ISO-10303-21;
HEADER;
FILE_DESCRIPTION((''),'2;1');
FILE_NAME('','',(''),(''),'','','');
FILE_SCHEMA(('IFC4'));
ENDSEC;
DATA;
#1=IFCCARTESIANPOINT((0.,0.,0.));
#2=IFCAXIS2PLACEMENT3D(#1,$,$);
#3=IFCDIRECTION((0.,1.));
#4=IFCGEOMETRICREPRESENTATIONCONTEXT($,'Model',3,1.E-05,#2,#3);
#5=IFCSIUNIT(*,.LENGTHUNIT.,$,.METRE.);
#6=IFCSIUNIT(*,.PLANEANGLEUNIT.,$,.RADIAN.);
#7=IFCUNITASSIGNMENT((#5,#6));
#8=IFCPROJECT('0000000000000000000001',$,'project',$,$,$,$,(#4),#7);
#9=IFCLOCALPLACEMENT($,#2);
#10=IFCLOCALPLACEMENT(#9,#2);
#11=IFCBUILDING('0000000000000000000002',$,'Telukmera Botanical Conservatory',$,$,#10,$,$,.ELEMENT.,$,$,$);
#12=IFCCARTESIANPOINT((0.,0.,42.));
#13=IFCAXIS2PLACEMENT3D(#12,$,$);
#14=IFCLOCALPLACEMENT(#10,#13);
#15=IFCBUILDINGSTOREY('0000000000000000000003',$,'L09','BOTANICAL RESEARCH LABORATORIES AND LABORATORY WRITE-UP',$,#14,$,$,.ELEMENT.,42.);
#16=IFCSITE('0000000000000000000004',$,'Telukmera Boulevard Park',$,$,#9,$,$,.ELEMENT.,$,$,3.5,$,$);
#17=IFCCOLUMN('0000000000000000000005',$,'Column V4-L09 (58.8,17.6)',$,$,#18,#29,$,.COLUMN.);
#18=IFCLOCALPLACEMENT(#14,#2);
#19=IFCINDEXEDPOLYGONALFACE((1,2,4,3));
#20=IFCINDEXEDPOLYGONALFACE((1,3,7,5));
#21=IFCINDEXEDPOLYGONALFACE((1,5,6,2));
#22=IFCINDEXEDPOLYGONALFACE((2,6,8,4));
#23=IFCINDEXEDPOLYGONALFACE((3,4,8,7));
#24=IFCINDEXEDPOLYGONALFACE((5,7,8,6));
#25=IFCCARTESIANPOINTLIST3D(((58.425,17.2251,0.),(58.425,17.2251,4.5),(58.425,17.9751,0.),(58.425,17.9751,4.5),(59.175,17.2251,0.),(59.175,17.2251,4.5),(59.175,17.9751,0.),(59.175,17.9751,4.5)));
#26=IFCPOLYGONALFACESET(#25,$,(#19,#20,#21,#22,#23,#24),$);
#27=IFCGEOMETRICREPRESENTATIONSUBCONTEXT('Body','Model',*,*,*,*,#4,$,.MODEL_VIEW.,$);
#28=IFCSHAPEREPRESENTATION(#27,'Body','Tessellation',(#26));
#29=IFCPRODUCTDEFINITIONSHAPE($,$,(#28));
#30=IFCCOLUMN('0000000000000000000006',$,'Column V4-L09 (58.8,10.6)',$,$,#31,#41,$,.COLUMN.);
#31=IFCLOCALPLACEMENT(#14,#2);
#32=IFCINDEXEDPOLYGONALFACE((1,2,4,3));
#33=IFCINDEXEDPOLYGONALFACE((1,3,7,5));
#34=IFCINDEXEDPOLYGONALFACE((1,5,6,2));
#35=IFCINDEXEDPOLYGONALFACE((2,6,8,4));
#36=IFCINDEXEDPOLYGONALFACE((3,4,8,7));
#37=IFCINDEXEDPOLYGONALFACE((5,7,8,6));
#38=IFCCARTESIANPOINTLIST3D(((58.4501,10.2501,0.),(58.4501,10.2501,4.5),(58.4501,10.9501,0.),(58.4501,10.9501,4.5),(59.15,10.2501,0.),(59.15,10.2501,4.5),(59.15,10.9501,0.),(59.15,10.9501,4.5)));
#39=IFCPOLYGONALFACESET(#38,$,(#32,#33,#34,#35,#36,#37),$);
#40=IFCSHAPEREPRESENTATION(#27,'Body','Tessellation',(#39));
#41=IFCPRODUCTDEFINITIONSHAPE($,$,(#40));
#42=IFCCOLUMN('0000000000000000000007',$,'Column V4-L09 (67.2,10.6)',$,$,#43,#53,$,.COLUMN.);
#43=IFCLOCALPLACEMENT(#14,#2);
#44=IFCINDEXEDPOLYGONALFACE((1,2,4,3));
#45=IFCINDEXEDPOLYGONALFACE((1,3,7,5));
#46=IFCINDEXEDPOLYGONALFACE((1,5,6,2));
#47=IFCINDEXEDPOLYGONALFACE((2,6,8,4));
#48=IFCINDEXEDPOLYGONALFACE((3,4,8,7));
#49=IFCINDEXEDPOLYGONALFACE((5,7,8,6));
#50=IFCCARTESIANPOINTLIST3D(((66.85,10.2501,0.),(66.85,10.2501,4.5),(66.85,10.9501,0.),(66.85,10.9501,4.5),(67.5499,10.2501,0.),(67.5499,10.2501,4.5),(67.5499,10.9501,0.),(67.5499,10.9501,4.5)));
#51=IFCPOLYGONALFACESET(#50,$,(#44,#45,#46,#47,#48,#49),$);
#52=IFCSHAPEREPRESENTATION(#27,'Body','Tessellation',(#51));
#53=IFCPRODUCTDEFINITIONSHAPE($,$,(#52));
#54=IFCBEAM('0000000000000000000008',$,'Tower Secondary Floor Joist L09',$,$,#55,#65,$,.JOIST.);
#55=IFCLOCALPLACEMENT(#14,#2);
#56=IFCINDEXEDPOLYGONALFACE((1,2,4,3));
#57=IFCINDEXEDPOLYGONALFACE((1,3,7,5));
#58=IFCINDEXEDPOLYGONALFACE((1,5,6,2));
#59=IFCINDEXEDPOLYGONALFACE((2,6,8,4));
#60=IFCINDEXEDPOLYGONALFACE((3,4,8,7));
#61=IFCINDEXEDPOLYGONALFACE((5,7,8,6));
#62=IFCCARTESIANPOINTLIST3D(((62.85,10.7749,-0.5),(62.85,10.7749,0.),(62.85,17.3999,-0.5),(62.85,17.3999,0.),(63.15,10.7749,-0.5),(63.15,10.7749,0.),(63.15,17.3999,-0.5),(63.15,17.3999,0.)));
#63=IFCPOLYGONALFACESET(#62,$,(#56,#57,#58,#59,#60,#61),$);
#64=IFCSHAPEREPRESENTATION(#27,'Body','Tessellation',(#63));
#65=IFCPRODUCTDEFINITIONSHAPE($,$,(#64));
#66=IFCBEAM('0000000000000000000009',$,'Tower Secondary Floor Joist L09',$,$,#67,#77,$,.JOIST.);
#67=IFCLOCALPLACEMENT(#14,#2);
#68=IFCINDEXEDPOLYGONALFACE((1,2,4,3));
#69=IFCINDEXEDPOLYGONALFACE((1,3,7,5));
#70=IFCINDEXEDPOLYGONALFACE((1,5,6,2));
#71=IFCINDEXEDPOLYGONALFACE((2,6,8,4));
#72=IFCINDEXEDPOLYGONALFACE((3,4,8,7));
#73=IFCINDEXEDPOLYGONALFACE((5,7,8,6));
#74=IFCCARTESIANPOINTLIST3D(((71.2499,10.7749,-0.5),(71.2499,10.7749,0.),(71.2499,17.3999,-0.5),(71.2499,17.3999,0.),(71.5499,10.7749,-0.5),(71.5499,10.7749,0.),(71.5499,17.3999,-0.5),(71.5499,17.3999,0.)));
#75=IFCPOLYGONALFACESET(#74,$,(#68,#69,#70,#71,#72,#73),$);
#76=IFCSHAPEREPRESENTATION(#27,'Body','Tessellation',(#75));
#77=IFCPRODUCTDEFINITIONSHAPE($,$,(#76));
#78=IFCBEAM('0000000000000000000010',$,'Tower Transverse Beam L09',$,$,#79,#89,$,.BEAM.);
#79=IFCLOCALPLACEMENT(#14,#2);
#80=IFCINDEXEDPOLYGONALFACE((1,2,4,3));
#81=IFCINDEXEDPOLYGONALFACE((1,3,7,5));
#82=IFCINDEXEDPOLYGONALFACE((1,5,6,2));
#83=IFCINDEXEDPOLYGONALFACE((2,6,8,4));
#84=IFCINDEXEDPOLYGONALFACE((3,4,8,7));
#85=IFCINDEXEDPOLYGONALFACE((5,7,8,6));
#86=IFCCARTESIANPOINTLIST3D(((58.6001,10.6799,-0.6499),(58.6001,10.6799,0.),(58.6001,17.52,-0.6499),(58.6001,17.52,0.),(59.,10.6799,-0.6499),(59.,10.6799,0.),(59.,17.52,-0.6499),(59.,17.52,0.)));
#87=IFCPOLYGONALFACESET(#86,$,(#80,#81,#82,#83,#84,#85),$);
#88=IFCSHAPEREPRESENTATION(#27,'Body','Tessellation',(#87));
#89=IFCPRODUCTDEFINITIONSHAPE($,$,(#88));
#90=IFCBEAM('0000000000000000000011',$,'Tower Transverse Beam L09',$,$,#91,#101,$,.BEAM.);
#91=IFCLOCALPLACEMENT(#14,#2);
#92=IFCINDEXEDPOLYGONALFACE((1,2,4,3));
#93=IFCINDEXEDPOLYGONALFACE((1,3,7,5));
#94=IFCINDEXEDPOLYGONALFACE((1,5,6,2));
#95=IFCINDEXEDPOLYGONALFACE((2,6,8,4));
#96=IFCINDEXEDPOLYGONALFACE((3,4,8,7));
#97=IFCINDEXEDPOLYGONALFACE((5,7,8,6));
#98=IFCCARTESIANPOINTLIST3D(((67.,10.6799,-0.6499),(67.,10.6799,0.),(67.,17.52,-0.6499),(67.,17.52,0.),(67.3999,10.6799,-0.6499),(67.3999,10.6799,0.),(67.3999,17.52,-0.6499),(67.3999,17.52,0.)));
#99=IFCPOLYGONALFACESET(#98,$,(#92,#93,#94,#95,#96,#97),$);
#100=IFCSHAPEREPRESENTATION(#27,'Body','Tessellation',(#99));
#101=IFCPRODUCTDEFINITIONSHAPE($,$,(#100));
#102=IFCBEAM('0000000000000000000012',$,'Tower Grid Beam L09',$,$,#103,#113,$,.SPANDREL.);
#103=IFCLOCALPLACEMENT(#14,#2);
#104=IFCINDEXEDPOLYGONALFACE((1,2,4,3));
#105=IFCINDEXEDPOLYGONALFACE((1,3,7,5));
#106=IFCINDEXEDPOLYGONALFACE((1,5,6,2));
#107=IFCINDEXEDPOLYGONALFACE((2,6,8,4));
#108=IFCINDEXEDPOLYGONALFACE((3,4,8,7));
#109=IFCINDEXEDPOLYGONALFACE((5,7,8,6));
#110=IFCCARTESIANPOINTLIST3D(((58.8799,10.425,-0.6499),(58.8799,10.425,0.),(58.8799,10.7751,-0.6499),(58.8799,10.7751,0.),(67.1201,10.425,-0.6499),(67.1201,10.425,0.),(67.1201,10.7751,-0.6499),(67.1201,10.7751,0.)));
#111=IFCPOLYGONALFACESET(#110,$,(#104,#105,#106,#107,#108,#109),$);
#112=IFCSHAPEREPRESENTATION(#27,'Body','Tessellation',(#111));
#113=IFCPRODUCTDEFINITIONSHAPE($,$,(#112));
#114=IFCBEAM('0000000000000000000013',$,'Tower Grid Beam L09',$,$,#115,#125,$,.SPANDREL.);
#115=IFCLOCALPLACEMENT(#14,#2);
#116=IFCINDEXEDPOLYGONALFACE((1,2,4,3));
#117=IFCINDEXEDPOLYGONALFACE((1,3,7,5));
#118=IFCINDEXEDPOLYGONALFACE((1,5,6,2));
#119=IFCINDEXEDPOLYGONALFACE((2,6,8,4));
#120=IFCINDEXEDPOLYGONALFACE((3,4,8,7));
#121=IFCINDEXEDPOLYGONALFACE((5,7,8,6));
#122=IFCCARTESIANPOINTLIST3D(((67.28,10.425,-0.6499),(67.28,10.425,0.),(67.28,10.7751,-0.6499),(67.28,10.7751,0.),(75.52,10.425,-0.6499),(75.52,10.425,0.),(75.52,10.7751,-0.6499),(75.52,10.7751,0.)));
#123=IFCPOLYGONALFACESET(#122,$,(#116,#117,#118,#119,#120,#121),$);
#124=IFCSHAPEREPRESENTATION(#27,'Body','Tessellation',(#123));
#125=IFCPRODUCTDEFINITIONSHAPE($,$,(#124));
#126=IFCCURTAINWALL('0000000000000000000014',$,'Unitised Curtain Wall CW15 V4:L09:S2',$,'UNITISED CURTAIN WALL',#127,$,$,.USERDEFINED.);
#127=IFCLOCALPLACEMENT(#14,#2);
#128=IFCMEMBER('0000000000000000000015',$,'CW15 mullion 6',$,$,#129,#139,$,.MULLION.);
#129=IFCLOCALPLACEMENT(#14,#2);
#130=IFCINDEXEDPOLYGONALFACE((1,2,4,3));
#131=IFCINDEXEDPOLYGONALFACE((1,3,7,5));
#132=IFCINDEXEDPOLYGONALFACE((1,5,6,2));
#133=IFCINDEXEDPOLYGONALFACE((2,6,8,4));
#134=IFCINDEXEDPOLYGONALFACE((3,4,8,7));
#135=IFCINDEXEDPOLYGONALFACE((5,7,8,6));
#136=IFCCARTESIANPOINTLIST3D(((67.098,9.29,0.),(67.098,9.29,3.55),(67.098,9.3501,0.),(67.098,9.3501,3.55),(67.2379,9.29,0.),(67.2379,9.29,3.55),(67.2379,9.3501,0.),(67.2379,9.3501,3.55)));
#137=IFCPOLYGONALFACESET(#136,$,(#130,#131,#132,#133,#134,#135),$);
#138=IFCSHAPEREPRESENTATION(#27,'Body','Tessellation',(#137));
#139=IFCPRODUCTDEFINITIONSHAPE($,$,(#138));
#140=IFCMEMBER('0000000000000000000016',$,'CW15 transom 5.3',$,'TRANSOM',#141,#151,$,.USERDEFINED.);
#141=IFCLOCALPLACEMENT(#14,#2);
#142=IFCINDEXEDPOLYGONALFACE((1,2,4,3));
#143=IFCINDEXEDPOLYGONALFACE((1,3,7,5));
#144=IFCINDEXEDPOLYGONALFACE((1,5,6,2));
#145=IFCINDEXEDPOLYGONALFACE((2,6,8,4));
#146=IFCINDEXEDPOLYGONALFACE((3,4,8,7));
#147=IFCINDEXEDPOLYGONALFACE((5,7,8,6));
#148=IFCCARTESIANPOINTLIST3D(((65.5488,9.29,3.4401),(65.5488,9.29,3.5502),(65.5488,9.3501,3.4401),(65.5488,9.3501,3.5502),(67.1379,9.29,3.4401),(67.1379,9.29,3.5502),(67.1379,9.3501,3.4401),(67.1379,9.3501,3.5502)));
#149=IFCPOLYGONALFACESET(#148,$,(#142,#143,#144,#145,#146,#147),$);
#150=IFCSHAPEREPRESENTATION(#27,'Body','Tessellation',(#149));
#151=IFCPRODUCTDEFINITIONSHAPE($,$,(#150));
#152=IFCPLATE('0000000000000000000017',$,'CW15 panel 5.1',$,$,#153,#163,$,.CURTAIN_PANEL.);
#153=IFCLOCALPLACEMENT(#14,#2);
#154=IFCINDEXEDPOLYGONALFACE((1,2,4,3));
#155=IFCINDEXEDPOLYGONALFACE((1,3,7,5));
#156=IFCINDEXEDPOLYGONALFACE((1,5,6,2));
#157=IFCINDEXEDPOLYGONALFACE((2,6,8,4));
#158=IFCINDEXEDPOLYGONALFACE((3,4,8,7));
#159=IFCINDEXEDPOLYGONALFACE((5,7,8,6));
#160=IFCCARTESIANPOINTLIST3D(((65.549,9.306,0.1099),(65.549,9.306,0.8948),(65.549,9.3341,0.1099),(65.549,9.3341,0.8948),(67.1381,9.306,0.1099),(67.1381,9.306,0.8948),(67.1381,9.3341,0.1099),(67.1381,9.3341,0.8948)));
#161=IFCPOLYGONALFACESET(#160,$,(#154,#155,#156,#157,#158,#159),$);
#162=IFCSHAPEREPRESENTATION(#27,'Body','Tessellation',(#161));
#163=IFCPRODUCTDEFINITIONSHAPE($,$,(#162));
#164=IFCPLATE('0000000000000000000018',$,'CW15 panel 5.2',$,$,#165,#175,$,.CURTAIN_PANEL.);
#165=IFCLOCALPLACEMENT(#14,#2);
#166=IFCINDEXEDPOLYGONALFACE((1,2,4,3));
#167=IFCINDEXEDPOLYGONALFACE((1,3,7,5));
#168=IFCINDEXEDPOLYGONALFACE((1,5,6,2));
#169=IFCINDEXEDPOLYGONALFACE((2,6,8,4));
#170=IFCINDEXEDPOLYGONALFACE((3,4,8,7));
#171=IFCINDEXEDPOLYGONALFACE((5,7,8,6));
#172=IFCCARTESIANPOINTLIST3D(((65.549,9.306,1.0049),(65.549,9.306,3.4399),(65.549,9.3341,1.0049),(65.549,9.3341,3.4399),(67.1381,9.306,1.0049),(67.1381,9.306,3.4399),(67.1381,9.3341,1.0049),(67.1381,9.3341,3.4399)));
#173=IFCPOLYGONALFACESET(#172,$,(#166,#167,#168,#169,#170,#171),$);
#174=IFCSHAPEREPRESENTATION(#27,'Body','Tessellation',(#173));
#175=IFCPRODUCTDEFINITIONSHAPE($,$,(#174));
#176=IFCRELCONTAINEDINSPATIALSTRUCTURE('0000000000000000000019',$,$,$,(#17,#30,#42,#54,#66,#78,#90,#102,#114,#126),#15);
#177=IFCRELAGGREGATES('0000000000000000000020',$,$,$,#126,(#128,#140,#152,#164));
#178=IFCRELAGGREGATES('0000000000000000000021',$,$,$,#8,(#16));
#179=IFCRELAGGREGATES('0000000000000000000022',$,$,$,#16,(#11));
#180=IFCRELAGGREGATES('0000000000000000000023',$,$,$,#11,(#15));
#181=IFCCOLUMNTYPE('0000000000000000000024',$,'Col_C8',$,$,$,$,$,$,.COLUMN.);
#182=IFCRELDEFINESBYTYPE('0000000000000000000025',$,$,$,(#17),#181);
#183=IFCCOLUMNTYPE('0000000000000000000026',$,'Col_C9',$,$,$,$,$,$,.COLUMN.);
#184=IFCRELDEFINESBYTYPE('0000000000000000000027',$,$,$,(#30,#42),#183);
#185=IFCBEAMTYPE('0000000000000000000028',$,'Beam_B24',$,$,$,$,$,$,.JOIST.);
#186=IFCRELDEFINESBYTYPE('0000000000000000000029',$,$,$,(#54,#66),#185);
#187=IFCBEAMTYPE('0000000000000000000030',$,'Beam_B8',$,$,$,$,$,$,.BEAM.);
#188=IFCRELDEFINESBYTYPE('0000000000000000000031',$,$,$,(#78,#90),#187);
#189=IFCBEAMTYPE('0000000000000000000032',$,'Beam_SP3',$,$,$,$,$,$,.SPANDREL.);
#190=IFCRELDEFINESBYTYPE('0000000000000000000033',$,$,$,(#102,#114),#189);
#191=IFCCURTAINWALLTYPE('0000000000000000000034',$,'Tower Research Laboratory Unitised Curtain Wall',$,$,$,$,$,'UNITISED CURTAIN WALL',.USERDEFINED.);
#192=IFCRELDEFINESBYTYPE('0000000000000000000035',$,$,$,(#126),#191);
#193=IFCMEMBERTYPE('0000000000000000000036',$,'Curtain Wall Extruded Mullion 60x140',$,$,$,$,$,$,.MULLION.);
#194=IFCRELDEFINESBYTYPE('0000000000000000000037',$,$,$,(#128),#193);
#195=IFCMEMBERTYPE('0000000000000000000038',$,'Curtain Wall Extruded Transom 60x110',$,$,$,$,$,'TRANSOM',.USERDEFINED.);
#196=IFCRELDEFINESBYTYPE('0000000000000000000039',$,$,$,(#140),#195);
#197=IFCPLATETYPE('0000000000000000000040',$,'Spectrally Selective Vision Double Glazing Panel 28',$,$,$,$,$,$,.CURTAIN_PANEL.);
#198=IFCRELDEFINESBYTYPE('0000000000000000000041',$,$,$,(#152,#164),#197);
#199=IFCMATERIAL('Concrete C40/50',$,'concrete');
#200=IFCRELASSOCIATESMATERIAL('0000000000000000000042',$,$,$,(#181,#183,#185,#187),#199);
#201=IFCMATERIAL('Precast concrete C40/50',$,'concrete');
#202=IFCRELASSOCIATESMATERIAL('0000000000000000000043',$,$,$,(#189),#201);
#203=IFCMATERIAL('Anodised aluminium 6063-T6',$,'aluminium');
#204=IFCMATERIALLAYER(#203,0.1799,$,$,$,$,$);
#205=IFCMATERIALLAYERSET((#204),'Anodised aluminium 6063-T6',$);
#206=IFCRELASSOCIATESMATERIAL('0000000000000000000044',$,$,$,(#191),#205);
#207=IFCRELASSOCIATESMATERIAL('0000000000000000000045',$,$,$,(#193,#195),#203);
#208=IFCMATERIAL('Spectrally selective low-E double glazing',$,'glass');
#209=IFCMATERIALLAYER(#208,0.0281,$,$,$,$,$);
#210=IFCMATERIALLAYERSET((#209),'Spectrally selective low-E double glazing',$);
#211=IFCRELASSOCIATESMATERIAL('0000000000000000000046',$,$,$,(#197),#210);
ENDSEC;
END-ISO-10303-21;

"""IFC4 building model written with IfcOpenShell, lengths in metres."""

from ifc_helpers import new_model, si_unit, direction, frame, origin, origin_2d, place, context, subcontext, project, spatial, rectangle, extrude, material, layer, layer_set, material_profile, profile_set, type_object, element, aggregate, save


model = new_model("IFC4")

# Units and contexts
model_context = context("Model", 3, precision=1e-05, world=origin(), true_north=direction((0.0, 1.0)))
body_context = subcontext(model_context, "Body", "Model", "MODEL_VIEW")
ifc_project = project(units=[si_unit("LENGTHUNIT", "METRE"), si_unit("PLANEANGLEUNIT", "RADIAN")], contexts=[model_context])

# Site, building, storey
site_placement = place(None, origin())
site = spatial("IfcSite", under=ifc_project, at=site_placement, Name="Telukmera Boulevard Park", CompositionType="ELEMENT", RefElevation=3.5)
building_placement = place(site_placement, origin())
building = spatial("IfcBuilding", under=site, at=building_placement, Name="Telukmera Botanical Conservatory", CompositionType="ELEMENT")
storey_placement = place(building_placement, frame((0.0, 0.0, 42.0)))
storey = spatial("IfcBuildingStorey", under=building, at=storey_placement, Name="L09", Description="BOTANICAL RESEARCH LABORATORIES AND LABORATORY WRITE-UP", CompositionType="ELEMENT", Elevation=42.0)

# Columns
ifc_material_1 = material(Name="Concrete C40/50", Category="concrete")
ifc_material_profile_1 = material_profile(ifc_material_1, rectangle(XDim=0.75, YDim=0.75, at=origin_2d()), Name="RC 750x750")
ifc_profile_set_1 = profile_set([ifc_material_profile_1], Name="Concrete C40/50")
column_type_1 = type_object("IfcColumnType", Name="Col_C8", PredefinedType="COLUMN", material=ifc_profile_set_1)
column_placement = place(storey_placement, frame((58.8, 17.6001, 0.0), z_axis=(0.0, 0.0, 1.0), x_axis=(1.0, 0.0, 0.0)))
element("IfcColumn", 1, at=column_placement, inside=storey, type_object=column_type_1, Name="Column V4-L09 (58.8,17.6)", PredefinedType="COLUMN", context=body_context, shape_type="SweptSolid", body=[
    extrude(rectangle(XDim=0.75, YDim=0.75, at=origin_2d()), origin(), (0.0, 0.0, 1.0), 4.5),
])
ifc_material_profile_2 = material_profile(ifc_material_1, rectangle(XDim=0.7, YDim=0.7, at=origin_2d()), Name="RC 700x700")
ifc_profile_set_2 = profile_set([ifc_material_profile_2], Name="Concrete C40/50")
column_type_2 = type_object("IfcColumnType", Name="Col_C9", PredefinedType="COLUMN", material=ifc_profile_set_2)
for number, where, z_axis, x_axis, name in (
    (2, (58.8, 10.6001, 0.0), (0.0, 0.0, 1.0), (1.0, 0.0, 0.0), "Column V4-L09 (58.8,10.6)"),
    (3, (67.2, 10.6001, 0.0), (0.0, 0.0, 1.0), (1.0, 0.0, 0.0), "Column V4-L09 (67.2,10.6)"),
):
    element("IfcColumn", number, at=place(storey_placement, frame(where, z_axis=z_axis, x_axis=x_axis)), inside=storey, type_object=column_type_2, Name=name, PredefinedType="COLUMN", context=body_context, shape_type="SweptSolid", body=[
        extrude(rectangle(XDim=0.7, YDim=0.7, at=origin_2d()), origin(), (0.0, 0.0, 1.0), 4.5),
    ])

# Beams
ifc_material_profile_3 = material_profile(ifc_material_1, rectangle(XDim=0.3, YDim=0.5, at=origin_2d()), Name="RC 300x500")
ifc_profile_set_3 = profile_set([ifc_material_profile_3], Name="Concrete C40/50")
beam_type_1 = type_object("IfcBeamType", Name="Beam_B24", PredefinedType="JOIST", material=ifc_profile_set_3)
for number, where, z_axis, x_axis, name in (
    (4, (63.0, 10.7749, -0.25), (0.0, 1.0, 0.0), (-1.0, 0.0, 0.0), "Tower Secondary Floor Joist L09"),
    (5, (71.3999, 10.7749, -0.25), (0.0, 1.0, 0.0), (-1.0, 0.0, 0.0), "Tower Secondary Floor Joist L09"),
):
    element("IfcBeam", number, at=place(storey_placement, frame(where, z_axis=z_axis, x_axis=x_axis)), inside=storey, type_object=beam_type_1, Name=name, PredefinedType="JOIST", context=body_context, shape_type="SweptSolid", body=[
        extrude(rectangle(XDim=0.3, YDim=0.5, at=origin_2d()), origin(), (0.0, 0.0, 1.0), 6.625),
    ])
ifc_material_profile_4 = material_profile(ifc_material_1, rectangle(XDim=0.3999, YDim=0.6499, at=origin_2d()), Name="RC 400x650")
ifc_profile_set_4 = profile_set([ifc_material_profile_4], Name="Concrete C40/50")
beam_type_2 = type_object("IfcBeamType", Name="Beam_B8", PredefinedType="BEAM", material=ifc_profile_set_4)
for number, where, z_axis, x_axis, name in (
    (6, (58.8, 10.6799, -0.325), (0.0, 1.0, 0.0), (-1.0, 0.0, 0.0), "Tower Transverse Beam L09"),
    (7, (67.2, 10.6799, -0.325), (0.0, 1.0, 0.0), (-1.0, 0.0, 0.0), "Tower Transverse Beam L09"),
):
    element("IfcBeam", number, at=place(storey_placement, frame(where, z_axis=z_axis, x_axis=x_axis)), inside=storey, type_object=beam_type_2, Name=name, PredefinedType="BEAM", context=body_context, shape_type="SweptSolid", body=[
        extrude(rectangle(XDim=0.3999, YDim=0.6499, at=origin_2d()), origin(), (0.0, 0.0, 1.0), 6.8401),
    ])
ifc_material_2 = material(Name="Precast concrete C40/50", Category="concrete")
ifc_material_profile_5 = material_profile(ifc_material_2, rectangle(XDim=0.3501, YDim=0.6499, at=origin_2d()), Name="PC 350x650")
ifc_profile_set_5 = profile_set([ifc_material_profile_5], Name="Precast concrete C40/50")
beam_type_3 = type_object("IfcBeamType", Name="Beam_SP3", PredefinedType="SPANDREL", material=ifc_profile_set_5)
beam_1_placement = place(storey_placement, frame((58.8799, 10.6001, -0.325), z_axis=(1.0, 0.0, 0.0), x_axis=(0.0, 1.0, 0.0)))
element("IfcBeam", 8, at=beam_1_placement, inside=storey, type_object=beam_type_3, Name="Tower Grid Beam L09", PredefinedType="SPANDREL", context=body_context, shape_type="SweptSolid", body=[
    extrude(rectangle(XDim=0.3501, YDim=0.6499, at=origin_2d()), origin(), (0.0, 0.0, 1.0), 8.2402),
])
beam_2_placement = place(storey_placement, frame((67.28, 10.6001, -0.325), z_axis=(1.0, 0.0, 0.0), x_axis=(0.0, 1.0, 0.0)))
element("IfcBeam", 9, at=beam_2_placement, inside=storey, type_object=beam_type_3, Name="Tower Grid Beam L09", PredefinedType="SPANDREL", context=body_context, shape_type="SweptSolid", body=[
    extrude(rectangle(XDim=0.3501, YDim=0.6499, at=origin_2d()), origin(), (0.0, 0.0, 1.0), 8.24),
])

# Curtain wall, members, plates
ifc_material_3 = material(Name="Anodised aluminium 6063-T6", Category="aluminium")
ifc_layer_1 = layer(ifc_material_3, 0.1799)
ifc_layer_set_1 = layer_set([ifc_layer_1], Name="Anodised aluminium 6063-T6")
curtain_wall_type = type_object("IfcCurtainWallType", Name="Tower Research Laboratory Unitised Curtain Wall", ElementType="UNITISED CURTAIN WALL", PredefinedType="USERDEFINED", material=ifc_layer_set_1)
curtain_wall_placement = place(storey_placement, origin())
curtain_wall = element("IfcCurtainWall", 10, at=curtain_wall_placement, inside=storey, type_object=curtain_wall_type, Name="Unitised Curtain Wall CW15 V4:L09:S2", ObjectType="UNITISED CURTAIN WALL", PredefinedType="USERDEFINED")
ifc_material_profile_6 = material_profile(ifc_material_3, rectangle(XDim=0.0601, YDim=0.1399, at=origin_2d()), Name="ALU MULL 60x140")
ifc_profile_set_6 = profile_set([ifc_material_profile_6], Name="Anodised aluminium 6063-T6")
member_type_1 = type_object("IfcMemberType", Name="Curtain Wall Extruded Mullion 60x140", PredefinedType="MULLION", material=ifc_profile_set_6)
member_1_placement = place(storey_placement, frame((67.168, 9.3201, 0.0), z_axis=(0.0, 0.0, 1.0), x_axis=(0.0, 1.0, 0.0)))
member_1 = element("IfcMember", 11, at=member_1_placement, type_object=member_type_1, Name="CW15 mullion 6", PredefinedType="MULLION", context=body_context, shape_type="SweptSolid", body=[
    extrude(rectangle(XDim=0.0601, YDim=0.1399, at=origin_2d()), origin(), (0.0, 0.0, 1.0), 3.55),
])
ifc_material_profile_7 = material_profile(ifc_material_3, rectangle(XDim=0.0601, YDim=0.1101, at=origin_2d()), Name="ALU TRAN 60x110")
ifc_profile_set_7 = profile_set([ifc_material_profile_7], Name="Anodised aluminium 6063-T6")
member_type_2 = type_object("IfcMemberType", Name="Curtain Wall Extruded Transom 60x110", ElementType="TRANSOM", PredefinedType="USERDEFINED", material=ifc_profile_set_7)
member_2_placement = place(storey_placement, frame((65.5488, 9.3201, 3.4951), z_axis=(1.0, 0.0, 0.0), x_axis=(0.0, 1.0, 0.0)))
member_2 = element("IfcMember", 12, at=member_2_placement, type_object=member_type_2, Name="CW15 transom 5.3", ObjectType="TRANSOM", PredefinedType="USERDEFINED", context=body_context, shape_type="SweptSolid", body=[
    extrude(rectangle(XDim=0.0601, YDim=0.1101, at=origin_2d()), origin(), (0.0, 0.0, 1.0), 1.5891),
])
ifc_material_4 = material(Name="Spectrally selective low-E double glazing", Category="glass")
ifc_layer_2 = layer(ifc_material_4, 0.0281)
ifc_layer_set_2 = layer_set([ifc_layer_2], Name="Spectrally selective low-E double glazing")
plate_type = type_object("IfcPlateType", Name="Spectrally Selective Vision Double Glazing Panel 28", PredefinedType="CURTAIN_PANEL", material=ifc_layer_set_2)
plate_1_placement = place(storey_placement, frame((66.3435, 9.3201, 0.1099), z_axis=(0.0, 0.0, 1.0), x_axis=(1.0, 0.0, 0.0)))
plate_1 = element("IfcPlate", 13, at=plate_1_placement, type_object=plate_type, Name="CW15 panel 5.1", PredefinedType="CURTAIN_PANEL", context=body_context, shape_type="SweptSolid", body=[
    extrude(rectangle(XDim=1.5891, YDim=0.0281, at=origin_2d()), origin(), (0.0, 0.0, 1.0), 0.7849),
])
plate_2_placement = place(storey_placement, frame((66.3435, 9.3201, 1.0049), z_axis=(0.0, 0.0, 1.0), x_axis=(1.0, 0.0, 0.0)))
plate_2 = element("IfcPlate", 14, at=plate_2_placement, type_object=plate_type, Name="CW15 panel 5.2", PredefinedType="CURTAIN_PANEL", context=body_context, shape_type="SweptSolid", body=[
    extrude(rectangle(XDim=1.5891, YDim=0.0281, at=origin_2d()), origin(), (0.0, 0.0, 1.0), 2.4351),
])
aggregate(curtain_wall, [member_1, member_2, plate_1, plate_2])

save(model, "model.ifc")
